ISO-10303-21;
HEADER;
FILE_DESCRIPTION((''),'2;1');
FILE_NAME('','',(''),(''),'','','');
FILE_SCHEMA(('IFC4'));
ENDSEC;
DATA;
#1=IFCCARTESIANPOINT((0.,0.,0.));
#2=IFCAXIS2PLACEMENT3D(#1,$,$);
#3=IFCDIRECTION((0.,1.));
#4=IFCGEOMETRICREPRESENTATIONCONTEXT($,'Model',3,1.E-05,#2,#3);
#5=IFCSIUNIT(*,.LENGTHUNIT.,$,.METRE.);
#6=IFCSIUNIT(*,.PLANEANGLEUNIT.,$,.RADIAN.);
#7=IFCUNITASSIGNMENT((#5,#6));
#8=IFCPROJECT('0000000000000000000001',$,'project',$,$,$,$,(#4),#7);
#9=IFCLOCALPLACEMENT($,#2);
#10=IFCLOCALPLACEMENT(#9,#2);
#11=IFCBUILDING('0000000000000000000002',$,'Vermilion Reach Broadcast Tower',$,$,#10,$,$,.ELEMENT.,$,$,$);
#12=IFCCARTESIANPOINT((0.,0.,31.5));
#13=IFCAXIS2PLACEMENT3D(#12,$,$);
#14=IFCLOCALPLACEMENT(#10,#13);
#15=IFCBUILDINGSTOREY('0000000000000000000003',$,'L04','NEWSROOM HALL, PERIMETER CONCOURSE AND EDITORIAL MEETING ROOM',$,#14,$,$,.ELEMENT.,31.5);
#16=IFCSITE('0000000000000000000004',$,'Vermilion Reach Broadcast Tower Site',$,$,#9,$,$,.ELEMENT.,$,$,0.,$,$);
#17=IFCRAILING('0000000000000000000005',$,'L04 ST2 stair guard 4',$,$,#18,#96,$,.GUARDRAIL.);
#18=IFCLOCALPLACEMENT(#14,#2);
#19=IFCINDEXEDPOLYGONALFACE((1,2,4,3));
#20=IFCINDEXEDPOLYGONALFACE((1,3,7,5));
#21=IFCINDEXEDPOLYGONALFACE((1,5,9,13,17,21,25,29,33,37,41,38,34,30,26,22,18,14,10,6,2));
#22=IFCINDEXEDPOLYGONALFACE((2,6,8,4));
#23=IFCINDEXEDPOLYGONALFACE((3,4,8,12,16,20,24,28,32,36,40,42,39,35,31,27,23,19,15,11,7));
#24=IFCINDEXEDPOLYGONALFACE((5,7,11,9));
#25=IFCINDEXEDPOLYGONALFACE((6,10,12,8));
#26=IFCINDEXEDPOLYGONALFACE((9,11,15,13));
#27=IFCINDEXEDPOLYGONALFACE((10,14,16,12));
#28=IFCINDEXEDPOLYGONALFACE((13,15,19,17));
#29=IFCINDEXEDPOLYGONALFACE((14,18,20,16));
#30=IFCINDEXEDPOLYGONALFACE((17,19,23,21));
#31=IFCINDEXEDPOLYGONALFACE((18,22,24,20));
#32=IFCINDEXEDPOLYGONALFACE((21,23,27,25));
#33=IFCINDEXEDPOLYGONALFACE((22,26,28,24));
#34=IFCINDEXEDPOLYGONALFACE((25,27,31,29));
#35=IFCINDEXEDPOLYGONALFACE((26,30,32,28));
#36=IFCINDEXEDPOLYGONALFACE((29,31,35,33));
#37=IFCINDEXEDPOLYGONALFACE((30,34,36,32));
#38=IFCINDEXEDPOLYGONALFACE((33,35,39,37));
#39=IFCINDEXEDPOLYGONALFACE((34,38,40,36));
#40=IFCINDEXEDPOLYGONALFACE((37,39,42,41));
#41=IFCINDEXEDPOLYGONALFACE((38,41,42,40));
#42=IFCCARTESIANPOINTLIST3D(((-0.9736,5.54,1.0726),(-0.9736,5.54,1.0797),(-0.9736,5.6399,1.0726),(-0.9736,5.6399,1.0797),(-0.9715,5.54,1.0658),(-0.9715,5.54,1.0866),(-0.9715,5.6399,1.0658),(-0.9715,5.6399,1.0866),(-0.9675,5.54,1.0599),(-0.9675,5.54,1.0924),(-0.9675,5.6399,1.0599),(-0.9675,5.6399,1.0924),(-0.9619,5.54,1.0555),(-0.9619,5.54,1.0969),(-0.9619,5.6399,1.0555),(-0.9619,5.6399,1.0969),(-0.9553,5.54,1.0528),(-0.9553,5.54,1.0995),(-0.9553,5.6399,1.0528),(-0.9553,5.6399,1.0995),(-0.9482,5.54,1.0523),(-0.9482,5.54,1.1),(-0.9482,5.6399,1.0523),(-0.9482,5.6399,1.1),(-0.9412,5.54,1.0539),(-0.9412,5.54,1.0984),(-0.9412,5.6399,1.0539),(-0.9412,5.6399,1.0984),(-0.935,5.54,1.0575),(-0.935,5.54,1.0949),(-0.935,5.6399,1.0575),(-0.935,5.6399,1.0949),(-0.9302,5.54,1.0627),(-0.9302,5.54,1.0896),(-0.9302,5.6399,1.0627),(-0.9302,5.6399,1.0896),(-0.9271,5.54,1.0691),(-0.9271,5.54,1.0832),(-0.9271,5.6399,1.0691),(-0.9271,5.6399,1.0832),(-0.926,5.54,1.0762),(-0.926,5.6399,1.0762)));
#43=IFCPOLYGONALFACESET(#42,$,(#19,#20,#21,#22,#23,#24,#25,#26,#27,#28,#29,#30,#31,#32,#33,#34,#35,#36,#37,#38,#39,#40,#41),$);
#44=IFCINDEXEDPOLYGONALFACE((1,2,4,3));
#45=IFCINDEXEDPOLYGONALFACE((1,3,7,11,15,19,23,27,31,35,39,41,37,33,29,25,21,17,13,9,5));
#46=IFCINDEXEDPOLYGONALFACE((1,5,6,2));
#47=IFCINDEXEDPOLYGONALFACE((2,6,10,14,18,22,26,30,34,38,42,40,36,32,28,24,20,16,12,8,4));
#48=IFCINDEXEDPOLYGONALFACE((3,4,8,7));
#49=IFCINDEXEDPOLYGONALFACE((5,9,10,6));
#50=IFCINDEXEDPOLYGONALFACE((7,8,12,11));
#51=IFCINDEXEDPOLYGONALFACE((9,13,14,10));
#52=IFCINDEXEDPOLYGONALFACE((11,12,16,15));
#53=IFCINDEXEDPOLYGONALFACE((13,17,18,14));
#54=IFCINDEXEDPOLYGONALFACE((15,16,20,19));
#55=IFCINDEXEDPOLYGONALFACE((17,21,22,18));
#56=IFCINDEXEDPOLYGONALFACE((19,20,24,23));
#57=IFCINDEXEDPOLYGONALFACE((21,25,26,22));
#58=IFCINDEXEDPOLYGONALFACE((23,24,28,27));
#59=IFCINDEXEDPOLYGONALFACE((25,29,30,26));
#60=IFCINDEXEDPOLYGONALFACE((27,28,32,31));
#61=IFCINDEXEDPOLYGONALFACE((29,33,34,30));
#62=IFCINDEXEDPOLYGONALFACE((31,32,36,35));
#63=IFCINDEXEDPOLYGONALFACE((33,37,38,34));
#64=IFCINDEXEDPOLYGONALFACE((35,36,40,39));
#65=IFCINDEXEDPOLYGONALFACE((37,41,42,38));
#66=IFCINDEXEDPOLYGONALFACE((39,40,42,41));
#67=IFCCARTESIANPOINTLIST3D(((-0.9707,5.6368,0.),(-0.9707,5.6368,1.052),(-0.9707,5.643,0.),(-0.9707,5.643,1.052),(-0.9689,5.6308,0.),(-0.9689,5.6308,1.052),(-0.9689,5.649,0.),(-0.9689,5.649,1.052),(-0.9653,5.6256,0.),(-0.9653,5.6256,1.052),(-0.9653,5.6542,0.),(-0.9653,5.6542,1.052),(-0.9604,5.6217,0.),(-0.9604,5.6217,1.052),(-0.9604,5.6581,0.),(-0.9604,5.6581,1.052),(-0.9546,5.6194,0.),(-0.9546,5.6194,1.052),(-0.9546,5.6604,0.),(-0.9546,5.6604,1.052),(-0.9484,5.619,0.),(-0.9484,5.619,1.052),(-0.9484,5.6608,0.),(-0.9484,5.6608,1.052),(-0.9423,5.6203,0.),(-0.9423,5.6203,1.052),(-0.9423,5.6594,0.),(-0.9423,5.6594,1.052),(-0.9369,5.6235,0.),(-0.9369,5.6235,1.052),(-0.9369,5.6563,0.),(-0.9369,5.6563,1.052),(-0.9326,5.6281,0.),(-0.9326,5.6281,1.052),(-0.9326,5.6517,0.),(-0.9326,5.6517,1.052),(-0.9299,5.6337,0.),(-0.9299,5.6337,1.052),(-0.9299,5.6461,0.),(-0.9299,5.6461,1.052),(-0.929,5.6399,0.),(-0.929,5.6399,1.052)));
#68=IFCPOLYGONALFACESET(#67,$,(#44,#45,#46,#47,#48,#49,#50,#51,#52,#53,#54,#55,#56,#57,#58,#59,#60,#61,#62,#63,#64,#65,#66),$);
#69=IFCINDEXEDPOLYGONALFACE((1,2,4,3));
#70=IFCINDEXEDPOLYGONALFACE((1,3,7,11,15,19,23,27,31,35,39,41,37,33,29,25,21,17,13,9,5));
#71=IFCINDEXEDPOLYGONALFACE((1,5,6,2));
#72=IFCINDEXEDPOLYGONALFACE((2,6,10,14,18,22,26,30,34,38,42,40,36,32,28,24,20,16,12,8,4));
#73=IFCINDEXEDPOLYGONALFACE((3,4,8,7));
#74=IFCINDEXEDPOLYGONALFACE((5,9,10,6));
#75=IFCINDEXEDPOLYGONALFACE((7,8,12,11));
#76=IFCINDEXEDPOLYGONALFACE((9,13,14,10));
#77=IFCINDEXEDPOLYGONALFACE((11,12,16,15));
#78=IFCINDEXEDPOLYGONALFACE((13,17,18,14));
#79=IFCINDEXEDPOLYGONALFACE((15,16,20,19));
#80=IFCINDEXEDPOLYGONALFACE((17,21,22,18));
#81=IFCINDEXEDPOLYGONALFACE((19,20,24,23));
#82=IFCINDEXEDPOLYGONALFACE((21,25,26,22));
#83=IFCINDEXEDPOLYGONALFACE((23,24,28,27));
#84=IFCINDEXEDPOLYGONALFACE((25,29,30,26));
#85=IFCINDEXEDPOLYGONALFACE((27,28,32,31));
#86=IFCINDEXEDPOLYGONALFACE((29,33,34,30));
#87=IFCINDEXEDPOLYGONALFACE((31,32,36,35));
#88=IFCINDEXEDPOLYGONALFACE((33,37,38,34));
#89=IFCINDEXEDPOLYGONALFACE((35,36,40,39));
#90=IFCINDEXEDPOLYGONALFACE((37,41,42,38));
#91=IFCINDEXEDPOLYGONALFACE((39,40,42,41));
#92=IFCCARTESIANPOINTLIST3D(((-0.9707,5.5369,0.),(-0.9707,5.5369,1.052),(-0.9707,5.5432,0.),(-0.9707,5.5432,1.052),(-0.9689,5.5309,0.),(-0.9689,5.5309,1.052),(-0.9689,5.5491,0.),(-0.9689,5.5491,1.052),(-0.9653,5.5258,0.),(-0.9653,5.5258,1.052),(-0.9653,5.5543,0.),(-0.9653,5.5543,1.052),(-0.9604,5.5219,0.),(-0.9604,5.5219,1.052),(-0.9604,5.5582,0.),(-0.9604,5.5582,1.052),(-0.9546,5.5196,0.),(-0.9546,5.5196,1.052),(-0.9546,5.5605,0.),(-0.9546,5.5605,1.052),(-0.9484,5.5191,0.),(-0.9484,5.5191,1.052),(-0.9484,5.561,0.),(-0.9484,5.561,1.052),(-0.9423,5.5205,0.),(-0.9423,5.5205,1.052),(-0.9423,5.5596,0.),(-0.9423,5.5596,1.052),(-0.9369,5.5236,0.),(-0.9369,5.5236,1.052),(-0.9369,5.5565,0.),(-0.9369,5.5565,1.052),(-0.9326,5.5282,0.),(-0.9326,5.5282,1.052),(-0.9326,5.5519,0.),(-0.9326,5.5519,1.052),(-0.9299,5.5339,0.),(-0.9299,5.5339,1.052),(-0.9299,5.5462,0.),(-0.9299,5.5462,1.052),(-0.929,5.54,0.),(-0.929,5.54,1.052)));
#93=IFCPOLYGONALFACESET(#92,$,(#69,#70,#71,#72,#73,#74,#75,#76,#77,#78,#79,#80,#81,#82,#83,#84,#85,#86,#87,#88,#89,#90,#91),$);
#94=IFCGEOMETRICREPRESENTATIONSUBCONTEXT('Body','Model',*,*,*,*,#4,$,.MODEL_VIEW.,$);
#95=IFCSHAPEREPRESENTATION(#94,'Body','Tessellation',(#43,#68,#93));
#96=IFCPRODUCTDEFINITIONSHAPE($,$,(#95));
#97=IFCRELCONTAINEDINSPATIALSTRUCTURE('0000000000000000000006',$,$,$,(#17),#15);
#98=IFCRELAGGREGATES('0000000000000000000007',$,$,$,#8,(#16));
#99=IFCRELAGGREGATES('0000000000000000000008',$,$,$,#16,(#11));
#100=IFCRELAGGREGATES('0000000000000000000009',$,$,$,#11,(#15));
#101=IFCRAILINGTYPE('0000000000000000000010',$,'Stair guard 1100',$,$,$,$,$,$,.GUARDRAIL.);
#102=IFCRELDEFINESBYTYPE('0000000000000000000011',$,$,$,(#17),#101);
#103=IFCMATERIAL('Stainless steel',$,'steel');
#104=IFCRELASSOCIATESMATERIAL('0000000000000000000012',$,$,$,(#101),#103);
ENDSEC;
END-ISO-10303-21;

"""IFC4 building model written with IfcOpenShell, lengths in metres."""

from ifc_helpers import new_model, si_unit, direction, frame, origin, origin_2d, place, context, subcontext, project, spatial, circle, extrude, material, type_object, element, save


model = new_model("IFC4")

# Units and contexts
model_context = context("Model", 3, precision=1e-05, world=origin(), true_north=direction((0.0, 1.0)))
body_context = subcontext(model_context, "Body", "Model", "MODEL_VIEW")
ifc_project = project(units=[si_unit("LENGTHUNIT", "METRE"), si_unit("PLANEANGLEUNIT", "RADIAN")], contexts=[model_context])

# Site, building, storey
site_placement = place(None, origin())
site = spatial("IfcSite", under=ifc_project, at=site_placement, Name="Vermilion Reach Broadcast Tower Site", CompositionType="ELEMENT", RefElevation=0.0)
building_placement = place(site_placement, origin())
building = spatial("IfcBuilding", under=site, at=building_placement, Name="Vermilion Reach Broadcast Tower", CompositionType="ELEMENT")
storey_placement = place(building_placement, frame((0.0, 0.0, 31.5)))
storey = spatial("IfcBuildingStorey", under=building, at=storey_placement, Name="L04", Description="NEWSROOM HALL, PERIMETER CONCOURSE AND EDITORIAL MEETING ROOM", CompositionType="ELEMENT", Elevation=31.5)

# Railing
ifc_material_1 = material(Name="Stainless steel", Category="steel")
railing_type_1 = type_object("IfcRailingType", Name="Stair guard 1100", PredefinedType="GUARDRAIL", material=ifc_material_1)
railing_1_placement = place(storey_placement, frame((-0.95, 5.6399, 0.0)))
element("IfcRailing", 1, at=railing_1_placement, inside=storey, type_object=railing_type_1, Name="L04 ST2 stair guard 4", PredefinedType="GUARDRAIL", context=body_context, shape_type="SweptSolid", body=[
    extrude(circle(Radius=0.0239, at=origin_2d()), frame((0.0, 0.0, 1.0762), z_axis=(0.0, -1.0, 0.0), x_axis=(1.0, 0.0, 0.0)), (0.0, 0.0, 1.0), 0.0999),
    extrude(circle(Radius=0.021, at=origin_2d()), origin(), (0.0, 0.0, 1.0), 1.052),
    extrude(circle(Radius=0.021, at=origin_2d()), frame((0.0, -0.0999, 0.0)), (0.0, 0.0, 1.0), 1.052),
])

save(model, "model.ifc")
